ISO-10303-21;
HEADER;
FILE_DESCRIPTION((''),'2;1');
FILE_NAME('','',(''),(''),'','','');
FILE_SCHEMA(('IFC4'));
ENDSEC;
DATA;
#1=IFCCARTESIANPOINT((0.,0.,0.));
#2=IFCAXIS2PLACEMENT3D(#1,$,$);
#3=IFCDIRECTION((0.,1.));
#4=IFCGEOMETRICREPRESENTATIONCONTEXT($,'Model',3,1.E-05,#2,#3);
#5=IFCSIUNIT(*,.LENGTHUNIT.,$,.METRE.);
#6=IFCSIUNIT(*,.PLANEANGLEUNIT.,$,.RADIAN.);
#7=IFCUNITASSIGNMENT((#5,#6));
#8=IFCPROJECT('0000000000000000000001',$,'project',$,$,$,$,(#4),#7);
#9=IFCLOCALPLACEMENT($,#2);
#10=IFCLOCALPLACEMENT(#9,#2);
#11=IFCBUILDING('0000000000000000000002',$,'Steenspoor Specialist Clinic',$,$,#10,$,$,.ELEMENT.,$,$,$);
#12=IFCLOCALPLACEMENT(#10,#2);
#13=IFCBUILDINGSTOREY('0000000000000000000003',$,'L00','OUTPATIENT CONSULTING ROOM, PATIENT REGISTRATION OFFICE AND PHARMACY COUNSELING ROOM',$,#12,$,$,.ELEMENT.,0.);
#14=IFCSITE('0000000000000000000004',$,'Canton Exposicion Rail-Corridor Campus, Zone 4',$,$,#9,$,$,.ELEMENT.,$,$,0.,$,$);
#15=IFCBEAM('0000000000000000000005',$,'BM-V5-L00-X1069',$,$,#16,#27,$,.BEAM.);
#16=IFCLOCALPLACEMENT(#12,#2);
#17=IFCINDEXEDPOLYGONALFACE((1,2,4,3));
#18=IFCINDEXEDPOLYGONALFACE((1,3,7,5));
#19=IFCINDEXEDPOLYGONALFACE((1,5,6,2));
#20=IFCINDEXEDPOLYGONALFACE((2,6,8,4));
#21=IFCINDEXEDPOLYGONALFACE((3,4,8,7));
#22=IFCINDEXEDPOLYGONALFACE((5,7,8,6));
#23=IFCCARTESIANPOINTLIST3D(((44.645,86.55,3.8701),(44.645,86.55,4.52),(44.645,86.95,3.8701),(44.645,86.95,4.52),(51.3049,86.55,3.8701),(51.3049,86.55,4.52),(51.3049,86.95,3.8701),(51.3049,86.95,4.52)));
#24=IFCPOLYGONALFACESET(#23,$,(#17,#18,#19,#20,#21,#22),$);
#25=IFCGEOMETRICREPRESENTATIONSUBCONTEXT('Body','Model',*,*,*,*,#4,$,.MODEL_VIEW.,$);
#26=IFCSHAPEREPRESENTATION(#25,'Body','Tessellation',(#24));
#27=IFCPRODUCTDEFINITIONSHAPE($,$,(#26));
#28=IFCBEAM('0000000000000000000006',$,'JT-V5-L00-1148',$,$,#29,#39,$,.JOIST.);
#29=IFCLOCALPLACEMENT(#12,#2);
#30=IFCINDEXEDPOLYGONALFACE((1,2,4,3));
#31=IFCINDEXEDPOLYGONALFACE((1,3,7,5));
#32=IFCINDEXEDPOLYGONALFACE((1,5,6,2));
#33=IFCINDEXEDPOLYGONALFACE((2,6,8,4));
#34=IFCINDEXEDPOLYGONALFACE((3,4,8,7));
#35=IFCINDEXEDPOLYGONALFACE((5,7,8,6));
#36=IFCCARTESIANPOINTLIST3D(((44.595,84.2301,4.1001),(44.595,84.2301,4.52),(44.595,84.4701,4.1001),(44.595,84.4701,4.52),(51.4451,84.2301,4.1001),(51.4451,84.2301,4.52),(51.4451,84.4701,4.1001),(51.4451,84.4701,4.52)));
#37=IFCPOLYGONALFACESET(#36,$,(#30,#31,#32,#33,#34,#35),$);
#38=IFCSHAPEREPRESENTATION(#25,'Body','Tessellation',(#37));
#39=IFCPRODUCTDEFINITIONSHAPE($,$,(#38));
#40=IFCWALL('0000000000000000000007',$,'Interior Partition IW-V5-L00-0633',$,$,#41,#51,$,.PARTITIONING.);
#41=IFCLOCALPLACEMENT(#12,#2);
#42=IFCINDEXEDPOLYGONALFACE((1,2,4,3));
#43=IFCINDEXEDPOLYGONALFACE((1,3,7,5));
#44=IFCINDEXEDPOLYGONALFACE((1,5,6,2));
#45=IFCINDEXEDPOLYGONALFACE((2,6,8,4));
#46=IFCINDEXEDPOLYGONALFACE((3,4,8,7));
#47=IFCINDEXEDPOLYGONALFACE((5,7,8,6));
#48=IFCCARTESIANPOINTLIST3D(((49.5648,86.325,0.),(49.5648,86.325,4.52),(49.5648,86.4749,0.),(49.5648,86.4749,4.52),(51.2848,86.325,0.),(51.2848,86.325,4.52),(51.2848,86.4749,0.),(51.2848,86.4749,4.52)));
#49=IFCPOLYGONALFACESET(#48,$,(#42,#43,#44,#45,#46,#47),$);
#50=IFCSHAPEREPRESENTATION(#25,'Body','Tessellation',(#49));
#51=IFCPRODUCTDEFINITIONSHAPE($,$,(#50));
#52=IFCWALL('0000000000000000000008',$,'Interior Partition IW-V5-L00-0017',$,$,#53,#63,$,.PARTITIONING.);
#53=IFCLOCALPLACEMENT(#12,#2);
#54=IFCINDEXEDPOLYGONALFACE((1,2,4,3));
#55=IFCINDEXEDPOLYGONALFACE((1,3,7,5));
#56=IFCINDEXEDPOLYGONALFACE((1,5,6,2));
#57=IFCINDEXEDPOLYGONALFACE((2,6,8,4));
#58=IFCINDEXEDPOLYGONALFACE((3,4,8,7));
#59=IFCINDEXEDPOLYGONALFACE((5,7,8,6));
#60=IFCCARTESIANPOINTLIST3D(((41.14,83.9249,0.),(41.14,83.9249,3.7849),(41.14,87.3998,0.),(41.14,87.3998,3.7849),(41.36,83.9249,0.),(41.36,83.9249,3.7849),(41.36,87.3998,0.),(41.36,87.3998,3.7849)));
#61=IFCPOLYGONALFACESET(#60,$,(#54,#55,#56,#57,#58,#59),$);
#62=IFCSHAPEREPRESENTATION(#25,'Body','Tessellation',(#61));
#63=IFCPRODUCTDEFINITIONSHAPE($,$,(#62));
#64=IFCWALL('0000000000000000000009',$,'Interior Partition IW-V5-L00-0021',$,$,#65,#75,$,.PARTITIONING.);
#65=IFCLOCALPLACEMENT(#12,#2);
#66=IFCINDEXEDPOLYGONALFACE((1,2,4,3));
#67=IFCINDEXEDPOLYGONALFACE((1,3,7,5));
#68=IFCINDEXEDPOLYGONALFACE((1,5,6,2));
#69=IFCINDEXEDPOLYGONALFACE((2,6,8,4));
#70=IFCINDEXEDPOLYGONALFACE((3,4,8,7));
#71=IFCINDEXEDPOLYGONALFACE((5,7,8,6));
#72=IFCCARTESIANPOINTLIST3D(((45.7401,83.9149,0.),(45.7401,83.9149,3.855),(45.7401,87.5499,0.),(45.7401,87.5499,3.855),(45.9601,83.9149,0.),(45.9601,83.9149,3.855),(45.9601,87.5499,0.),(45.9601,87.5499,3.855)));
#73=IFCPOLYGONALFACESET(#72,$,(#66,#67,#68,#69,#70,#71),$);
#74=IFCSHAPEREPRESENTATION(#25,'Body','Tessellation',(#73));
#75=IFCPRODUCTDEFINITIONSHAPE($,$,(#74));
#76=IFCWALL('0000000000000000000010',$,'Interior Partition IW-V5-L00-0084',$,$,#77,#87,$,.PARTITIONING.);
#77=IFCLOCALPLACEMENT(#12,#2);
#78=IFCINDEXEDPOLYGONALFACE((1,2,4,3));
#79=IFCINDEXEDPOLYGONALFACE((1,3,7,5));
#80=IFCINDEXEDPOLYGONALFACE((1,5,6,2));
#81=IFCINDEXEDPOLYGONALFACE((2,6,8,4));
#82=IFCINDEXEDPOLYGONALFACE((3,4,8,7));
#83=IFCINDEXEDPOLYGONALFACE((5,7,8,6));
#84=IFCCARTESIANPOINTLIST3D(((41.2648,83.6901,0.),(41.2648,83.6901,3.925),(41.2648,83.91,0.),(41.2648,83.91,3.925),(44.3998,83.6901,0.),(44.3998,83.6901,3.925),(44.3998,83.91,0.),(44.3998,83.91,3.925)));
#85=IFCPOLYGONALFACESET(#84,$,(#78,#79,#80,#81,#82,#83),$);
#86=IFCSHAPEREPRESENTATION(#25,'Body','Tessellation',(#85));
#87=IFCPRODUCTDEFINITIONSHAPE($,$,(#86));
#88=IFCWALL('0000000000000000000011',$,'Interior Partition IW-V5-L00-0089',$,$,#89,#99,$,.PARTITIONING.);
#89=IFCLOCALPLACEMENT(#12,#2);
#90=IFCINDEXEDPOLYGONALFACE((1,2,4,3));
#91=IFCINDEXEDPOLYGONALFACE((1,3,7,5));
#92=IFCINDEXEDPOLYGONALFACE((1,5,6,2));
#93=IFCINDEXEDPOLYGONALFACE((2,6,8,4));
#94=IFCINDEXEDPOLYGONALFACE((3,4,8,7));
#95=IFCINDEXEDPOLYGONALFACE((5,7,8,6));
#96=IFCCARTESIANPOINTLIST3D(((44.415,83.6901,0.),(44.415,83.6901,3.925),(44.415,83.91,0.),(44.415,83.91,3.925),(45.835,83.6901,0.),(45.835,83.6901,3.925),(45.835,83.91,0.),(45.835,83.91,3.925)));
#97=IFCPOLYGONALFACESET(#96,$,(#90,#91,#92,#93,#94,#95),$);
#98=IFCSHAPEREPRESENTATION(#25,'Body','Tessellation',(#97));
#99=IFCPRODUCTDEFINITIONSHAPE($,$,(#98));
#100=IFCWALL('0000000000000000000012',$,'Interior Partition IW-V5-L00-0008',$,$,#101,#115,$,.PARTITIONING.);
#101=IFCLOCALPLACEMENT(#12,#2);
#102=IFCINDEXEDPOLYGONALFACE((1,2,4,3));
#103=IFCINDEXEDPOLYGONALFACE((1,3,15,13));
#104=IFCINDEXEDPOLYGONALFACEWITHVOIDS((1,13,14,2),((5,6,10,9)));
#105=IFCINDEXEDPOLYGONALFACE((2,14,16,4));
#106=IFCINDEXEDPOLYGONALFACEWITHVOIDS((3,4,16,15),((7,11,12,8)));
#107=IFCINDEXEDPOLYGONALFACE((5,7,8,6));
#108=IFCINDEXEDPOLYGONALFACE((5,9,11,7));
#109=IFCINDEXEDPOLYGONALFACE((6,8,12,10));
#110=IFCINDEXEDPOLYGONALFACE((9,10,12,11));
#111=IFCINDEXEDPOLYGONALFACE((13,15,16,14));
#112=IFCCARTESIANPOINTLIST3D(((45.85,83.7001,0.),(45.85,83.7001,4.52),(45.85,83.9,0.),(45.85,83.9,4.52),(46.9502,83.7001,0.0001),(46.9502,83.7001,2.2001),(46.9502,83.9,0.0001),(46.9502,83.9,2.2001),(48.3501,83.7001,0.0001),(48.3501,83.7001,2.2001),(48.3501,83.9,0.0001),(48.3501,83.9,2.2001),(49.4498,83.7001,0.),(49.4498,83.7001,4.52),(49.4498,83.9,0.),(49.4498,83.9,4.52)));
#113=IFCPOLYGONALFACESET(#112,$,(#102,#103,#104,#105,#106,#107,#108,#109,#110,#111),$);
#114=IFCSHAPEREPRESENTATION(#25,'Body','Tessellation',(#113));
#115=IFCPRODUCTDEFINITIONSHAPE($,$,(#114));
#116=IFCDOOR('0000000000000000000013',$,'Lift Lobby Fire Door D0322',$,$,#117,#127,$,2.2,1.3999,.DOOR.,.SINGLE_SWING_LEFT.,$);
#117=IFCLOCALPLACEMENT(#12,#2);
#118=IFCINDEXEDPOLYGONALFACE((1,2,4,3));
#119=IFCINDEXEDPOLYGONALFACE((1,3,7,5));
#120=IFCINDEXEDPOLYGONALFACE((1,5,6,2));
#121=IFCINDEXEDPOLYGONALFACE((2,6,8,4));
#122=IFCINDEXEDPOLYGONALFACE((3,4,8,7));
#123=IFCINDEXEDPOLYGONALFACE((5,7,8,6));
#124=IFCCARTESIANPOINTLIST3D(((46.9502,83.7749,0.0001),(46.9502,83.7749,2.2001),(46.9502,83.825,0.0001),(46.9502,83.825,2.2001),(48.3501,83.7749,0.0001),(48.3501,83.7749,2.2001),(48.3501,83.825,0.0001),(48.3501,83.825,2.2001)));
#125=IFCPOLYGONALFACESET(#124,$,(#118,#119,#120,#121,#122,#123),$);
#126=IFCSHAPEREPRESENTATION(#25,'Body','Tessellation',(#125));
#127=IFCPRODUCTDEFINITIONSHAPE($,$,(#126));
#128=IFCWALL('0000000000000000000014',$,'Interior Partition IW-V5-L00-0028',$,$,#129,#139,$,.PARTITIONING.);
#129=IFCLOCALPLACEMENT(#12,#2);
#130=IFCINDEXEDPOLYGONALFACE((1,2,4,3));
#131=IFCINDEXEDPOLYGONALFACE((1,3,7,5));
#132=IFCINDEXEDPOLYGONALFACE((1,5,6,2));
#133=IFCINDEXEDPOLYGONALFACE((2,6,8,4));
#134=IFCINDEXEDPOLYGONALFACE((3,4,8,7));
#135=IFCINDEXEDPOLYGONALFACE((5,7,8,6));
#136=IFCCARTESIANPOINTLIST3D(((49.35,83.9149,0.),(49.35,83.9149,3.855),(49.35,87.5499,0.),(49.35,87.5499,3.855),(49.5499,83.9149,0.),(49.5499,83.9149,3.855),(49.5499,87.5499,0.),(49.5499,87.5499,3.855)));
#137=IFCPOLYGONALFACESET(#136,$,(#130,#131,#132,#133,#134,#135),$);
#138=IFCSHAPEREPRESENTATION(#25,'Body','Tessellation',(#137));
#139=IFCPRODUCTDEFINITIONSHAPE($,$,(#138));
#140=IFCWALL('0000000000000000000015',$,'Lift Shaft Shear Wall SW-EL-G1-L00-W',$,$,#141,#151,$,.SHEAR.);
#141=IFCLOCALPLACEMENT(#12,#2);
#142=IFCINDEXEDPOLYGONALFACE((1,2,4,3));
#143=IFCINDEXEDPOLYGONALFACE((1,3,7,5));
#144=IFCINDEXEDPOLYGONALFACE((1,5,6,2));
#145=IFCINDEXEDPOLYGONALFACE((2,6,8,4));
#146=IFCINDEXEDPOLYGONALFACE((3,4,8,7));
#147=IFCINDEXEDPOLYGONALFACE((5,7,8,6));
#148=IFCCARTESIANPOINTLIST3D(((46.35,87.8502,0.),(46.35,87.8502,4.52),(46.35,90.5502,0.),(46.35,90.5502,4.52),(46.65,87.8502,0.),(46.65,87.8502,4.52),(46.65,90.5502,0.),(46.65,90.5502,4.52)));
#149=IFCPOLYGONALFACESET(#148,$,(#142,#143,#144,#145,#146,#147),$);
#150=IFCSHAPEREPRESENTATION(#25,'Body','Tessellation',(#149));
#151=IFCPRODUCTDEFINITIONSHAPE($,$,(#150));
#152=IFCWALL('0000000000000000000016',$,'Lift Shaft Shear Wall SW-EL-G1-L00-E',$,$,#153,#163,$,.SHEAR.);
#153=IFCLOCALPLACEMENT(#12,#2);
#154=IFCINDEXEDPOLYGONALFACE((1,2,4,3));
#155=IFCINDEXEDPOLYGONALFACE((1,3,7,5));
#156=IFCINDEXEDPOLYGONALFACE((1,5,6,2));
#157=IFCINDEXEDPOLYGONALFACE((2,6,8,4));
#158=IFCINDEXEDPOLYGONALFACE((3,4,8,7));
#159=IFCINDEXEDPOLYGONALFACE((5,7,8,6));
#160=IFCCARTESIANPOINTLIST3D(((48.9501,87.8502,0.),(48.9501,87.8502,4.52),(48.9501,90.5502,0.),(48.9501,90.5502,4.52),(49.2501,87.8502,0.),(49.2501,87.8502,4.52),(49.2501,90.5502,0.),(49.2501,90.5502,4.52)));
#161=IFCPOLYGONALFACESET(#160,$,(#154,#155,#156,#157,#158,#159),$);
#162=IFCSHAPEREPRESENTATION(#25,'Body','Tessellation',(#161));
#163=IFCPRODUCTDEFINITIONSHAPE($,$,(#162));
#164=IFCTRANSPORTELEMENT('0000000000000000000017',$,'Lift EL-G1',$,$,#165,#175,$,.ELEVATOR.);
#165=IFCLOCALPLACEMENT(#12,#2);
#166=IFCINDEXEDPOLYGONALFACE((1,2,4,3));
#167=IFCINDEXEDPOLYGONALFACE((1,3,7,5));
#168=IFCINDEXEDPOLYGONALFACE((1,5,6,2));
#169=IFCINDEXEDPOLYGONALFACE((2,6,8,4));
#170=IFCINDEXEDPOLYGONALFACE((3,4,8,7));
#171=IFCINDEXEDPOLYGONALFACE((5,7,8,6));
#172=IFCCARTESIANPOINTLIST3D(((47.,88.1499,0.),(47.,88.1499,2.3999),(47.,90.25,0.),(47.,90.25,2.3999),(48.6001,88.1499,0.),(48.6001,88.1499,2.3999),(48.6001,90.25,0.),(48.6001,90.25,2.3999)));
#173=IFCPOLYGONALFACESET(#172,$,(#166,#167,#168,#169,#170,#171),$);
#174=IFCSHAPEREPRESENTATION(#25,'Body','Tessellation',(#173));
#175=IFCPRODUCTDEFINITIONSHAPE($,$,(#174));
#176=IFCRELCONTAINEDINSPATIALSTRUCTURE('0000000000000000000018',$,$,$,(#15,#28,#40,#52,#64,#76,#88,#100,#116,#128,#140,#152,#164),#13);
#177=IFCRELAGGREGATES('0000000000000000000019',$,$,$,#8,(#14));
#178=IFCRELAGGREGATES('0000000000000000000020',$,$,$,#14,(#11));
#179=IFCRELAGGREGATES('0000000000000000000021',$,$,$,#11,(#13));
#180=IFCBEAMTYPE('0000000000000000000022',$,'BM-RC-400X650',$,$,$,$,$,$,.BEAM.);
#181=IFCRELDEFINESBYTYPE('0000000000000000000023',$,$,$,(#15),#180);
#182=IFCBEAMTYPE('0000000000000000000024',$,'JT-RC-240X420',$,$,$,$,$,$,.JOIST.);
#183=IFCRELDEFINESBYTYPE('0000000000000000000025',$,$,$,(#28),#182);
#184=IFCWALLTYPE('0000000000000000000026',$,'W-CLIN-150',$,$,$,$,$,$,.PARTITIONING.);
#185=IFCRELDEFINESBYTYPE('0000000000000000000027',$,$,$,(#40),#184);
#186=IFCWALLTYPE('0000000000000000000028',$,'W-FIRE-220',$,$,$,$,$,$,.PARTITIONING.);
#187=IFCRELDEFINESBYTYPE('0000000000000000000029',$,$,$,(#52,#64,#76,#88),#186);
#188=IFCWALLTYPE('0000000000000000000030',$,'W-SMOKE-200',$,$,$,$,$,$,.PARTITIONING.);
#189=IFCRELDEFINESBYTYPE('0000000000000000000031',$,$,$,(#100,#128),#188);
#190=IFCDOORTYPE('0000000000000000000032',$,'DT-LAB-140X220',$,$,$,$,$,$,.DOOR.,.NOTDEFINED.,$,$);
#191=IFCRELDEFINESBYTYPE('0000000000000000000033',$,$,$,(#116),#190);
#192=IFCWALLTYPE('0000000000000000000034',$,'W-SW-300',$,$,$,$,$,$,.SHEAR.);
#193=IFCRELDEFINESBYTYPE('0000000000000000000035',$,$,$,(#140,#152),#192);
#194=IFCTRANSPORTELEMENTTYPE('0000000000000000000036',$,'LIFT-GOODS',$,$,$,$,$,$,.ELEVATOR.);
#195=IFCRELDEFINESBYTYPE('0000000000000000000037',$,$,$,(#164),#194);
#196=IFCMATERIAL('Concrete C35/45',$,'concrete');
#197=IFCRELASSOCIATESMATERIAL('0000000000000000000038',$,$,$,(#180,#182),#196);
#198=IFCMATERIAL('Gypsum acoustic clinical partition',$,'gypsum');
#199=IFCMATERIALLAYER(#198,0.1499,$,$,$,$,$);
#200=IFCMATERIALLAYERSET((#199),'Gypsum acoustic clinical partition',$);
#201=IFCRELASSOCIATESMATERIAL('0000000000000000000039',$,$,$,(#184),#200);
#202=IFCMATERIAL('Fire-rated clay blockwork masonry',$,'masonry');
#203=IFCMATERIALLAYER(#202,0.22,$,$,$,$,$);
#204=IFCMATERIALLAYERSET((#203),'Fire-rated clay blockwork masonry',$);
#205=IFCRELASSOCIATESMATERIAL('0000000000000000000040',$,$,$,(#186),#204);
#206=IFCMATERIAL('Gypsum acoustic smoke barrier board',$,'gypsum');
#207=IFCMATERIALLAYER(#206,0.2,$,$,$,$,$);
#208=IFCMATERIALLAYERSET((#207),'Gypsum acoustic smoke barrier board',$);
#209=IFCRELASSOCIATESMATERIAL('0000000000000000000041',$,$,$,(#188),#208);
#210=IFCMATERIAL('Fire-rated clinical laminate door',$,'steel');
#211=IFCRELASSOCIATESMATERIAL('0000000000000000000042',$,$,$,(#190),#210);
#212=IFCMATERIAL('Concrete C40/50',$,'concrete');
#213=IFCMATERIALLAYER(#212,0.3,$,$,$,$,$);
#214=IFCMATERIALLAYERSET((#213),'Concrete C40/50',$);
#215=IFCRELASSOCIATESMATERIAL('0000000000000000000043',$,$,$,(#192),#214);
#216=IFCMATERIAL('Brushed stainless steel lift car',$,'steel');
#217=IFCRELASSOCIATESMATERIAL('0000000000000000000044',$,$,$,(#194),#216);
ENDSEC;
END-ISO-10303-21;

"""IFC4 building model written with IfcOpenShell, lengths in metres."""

from ifc_helpers import new_model, si_unit, direction, frame, frame_2d, origin, origin_2d, place, context, subcontext, project, spatial, rectangle, extrude, material, layer, layer_set, material_profile, profile_set, type_object, element, fill, save


model = new_model("IFC4")

# Units and contexts
model_context = context("Model", 3, precision=1e-05, world=origin(), true_north=direction((0.0, 1.0)))
body_context = subcontext(model_context, "Body", "Model", "MODEL_VIEW")
ifc_project = project(units=[si_unit("LENGTHUNIT", "METRE"), si_unit("PLANEANGLEUNIT", "RADIAN")], contexts=[model_context])

# Site, building, storey
site_placement = place(None, origin())
site = spatial("IfcSite", under=ifc_project, at=site_placement, Name="Canton Exposicion Rail-Corridor Campus, Zone 4", CompositionType="ELEMENT", RefElevation=0.0)
building_placement = place(site_placement, origin())
building = spatial("IfcBuilding", under=site, at=building_placement, Name="Steenspoor Specialist Clinic", CompositionType="ELEMENT")
storey_placement = place(building_placement, origin())
storey = spatial("IfcBuildingStorey", under=building, at=storey_placement, Name="L00", Description="OUTPATIENT CONSULTING ROOM, PATIENT REGISTRATION OFFICE AND PHARMACY COUNSELING ROOM", CompositionType="ELEMENT", Elevation=0.0)

# Shared definitions
ifc_material_1 = material(Name="Concrete C35/45", Category="concrete")

# Shared definitions
ifc_material_2 = material(Name="Concrete C40/50", Category="concrete")

# Beams
ifc_material_profile_1 = material_profile(ifc_material_1, rectangle(XDim=0.3999, YDim=0.6499, at=origin_2d()), Name="RC-BM-400X650")
ifc_profile_set_1 = profile_set([ifc_material_profile_1], Name="Concrete C35/45")
beam_type_1 = type_object("IfcBeamType", Name="BM-RC-400X650", PredefinedType="BEAM", material=ifc_profile_set_1)
beam_1_placement = place(storey_placement, frame((44.645, 86.75, 4.1951), z_axis=(1.0, 0.0, 0.0), x_axis=(0.0, 1.0, 0.0)))
element("IfcBeam", 1, at=beam_1_placement, inside=storey, type_object=beam_type_1, Name="BM-V5-L00-X1069", PredefinedType="BEAM", context=body_context, shape_type="SweptSolid", body=[
    extrude(rectangle(XDim=0.3999, YDim=0.6499, at=origin_2d()), origin(), (0.0, 0.0, 1.0), 6.6599),
])
ifc_material_profile_2 = material_profile(ifc_material_1, rectangle(XDim=0.24, YDim=0.4199, at=origin_2d()), Name="RC-JT-240X420")
ifc_profile_set_2 = profile_set([ifc_material_profile_2], Name="Concrete C35/45")
beam_type_2 = type_object("IfcBeamType", Name="JT-RC-240X420", PredefinedType="JOIST", material=ifc_profile_set_2)
beam_2_placement = place(storey_placement, frame((44.595, 84.3501, 4.3101), z_axis=(1.0, 0.0, 0.0), x_axis=(0.0, 1.0, 0.0)))
element("IfcBeam", 2, at=beam_2_placement, inside=storey, type_object=beam_type_2, Name="JT-V5-L00-1148", PredefinedType="JOIST", context=body_context, shape_type="SweptSolid", body=[
    extrude(rectangle(XDim=0.24, YDim=0.4199, at=origin_2d()), origin(), (0.0, 0.0, 1.0), 6.8501),
])

# Walls
ifc_material_3 = material(Name="Gypsum acoustic clinical partition", Category="gypsum")
ifc_layer_1 = layer(ifc_material_3, 0.1499)
ifc_layer_set_1 = layer_set([ifc_layer_1], Name="Gypsum acoustic clinical partition")
wall_type_1 = type_object("IfcWallType", Name="W-CLIN-150", PredefinedType="PARTITIONING", material=ifc_layer_set_1)
wall_1_placement = place(storey_placement, frame((49.5649, 86.3999, 0.0), z_axis=(0.0, 0.0, 1.0), x_axis=(1.0, 0.0, 0.0)))
element("IfcWall", 3, at=wall_1_placement, inside=storey, type_object=wall_type_1, Name="Interior Partition IW-V5-L00-0633", PredefinedType="PARTITIONING", context=body_context, shape_type="SweptSolid", body=[
    extrude(rectangle(XDim=1.72, YDim=0.1499, at=frame_2d((0.8599, 0.0))), origin(), (0.0, 0.0, 1.0), 4.52),
])
ifc_material_4 = material(Name="Fire-rated clay blockwork masonry", Category="masonry")
ifc_layer_2 = layer(ifc_material_4, 0.22)
ifc_layer_set_2 = layer_set([ifc_layer_2], Name="Fire-rated clay blockwork masonry")
wall_type_2 = type_object("IfcWallType", Name="W-FIRE-220", PredefinedType="PARTITIONING", material=ifc_layer_set_2)
wall_2_placement = place(storey_placement, frame((41.25, 83.925, 0.0), z_axis=(0.0, 0.0, 1.0), x_axis=(0.0, 1.0, 0.0)))
element("IfcWall", 4, at=wall_2_placement, inside=storey, type_object=wall_type_2, Name="Interior Partition IW-V5-L00-0017", PredefinedType="PARTITIONING", context=body_context, shape_type="SweptSolid", body=[
    extrude(rectangle(XDim=3.4749, YDim=0.22, at=frame_2d((1.7373, 0.0))), origin(), (0.0, 0.0, 1.0), 3.7849),
])
wall_3_placement = place(storey_placement, frame((45.8501, 83.915, 0.0), z_axis=(0.0, 0.0, 1.0), x_axis=(0.0, 1.0, 0.0)))
element("IfcWall", 5, at=wall_3_placement, inside=storey, type_object=wall_type_2, Name="Interior Partition IW-V5-L00-0021", PredefinedType="PARTITIONING", context=body_context, shape_type="SweptSolid", body=[
    extrude(rectangle(XDim=3.635, YDim=0.22, at=frame_2d((1.8174, 0.0))), origin(), (0.0, 0.0, 1.0), 3.855),
])
wall_4_placement = place(storey_placement, frame((41.2649, 83.8, 0.0), z_axis=(0.0, 0.0, 1.0), x_axis=(1.0, 0.0, 0.0)))
element("IfcWall", 6, at=wall_4_placement, inside=storey, type_object=wall_type_2, Name="Interior Partition IW-V5-L00-0084", PredefinedType="PARTITIONING", context=body_context, shape_type="SweptSolid", body=[
    extrude(rectangle(XDim=3.135, YDim=0.22, at=frame_2d((1.5674, 0.0))), origin(), (0.0, 0.0, 1.0), 3.925),
])
wall_5_placement = place(storey_placement, frame((44.415, 83.8, 0.0), z_axis=(0.0, 0.0, 1.0), x_axis=(1.0, 0.0, 0.0)))
element("IfcWall", 7, at=wall_5_placement, inside=storey, type_object=wall_type_2, Name="Interior Partition IW-V5-L00-0089", PredefinedType="PARTITIONING", context=body_context, shape_type="SweptSolid", body=[
    extrude(rectangle(XDim=1.4199, YDim=0.22, at=frame_2d((0.71, 0.0))), origin(), (0.0, 0.0, 1.0), 3.925),
])

# Wall, opening, door
ifc_material_5 = material(Name="Gypsum acoustic smoke barrier board", Category="gypsum")
ifc_layer_3 = layer(ifc_material_5, 0.2)
ifc_layer_set_3 = layer_set([ifc_layer_3], Name="Gypsum acoustic smoke barrier board")
wall_type_3 = type_object("IfcWallType", Name="W-SMOKE-200", PredefinedType="PARTITIONING", material=ifc_layer_set_3)
wall_6_placement = place(storey_placement, frame((45.8501, 83.8, 0.0), z_axis=(0.0, 0.0, 1.0), x_axis=(1.0, 0.0, 0.0)))
wall_6 = element("IfcWall", 8, at=wall_6_placement, inside=storey, type_object=wall_type_3, Name="Interior Partition IW-V5-L00-0008", PredefinedType="PARTITIONING", context=body_context, shape_type="SweptSolid", body=[
    extrude(rectangle(XDim=3.5999, YDim=0.2, at=frame_2d((1.7998, 0.0))), origin(), (0.0, 0.0, 1.0), 4.52),
])
opening_1_placement = place(wall_6_placement, frame((1.1001, 0.0, 0.0)))
opening_1 = element("IfcOpeningElement", 9, at=opening_1_placement, cuts=wall_6, PredefinedType="OPENING", context=body_context, shape_type="SweptSolid", body=[
    extrude(rectangle(XDim=1.3999, YDim=2.2, at=frame_2d((0.7, 1.1001))), frame((0.0, 0.1099, 0.0), z_axis=(0.0, -1.0, 0.0), x_axis=(1.0, 0.0, 0.0)), (0.0, 0.0, 1.0), 0.22),
])
ifc_material_6 = material(Name="Fire-rated clinical laminate door", Category="steel")
door_type_1 = type_object("IfcDoorType", Name="DT-LAB-140X220", OperationType="NOTDEFINED", PredefinedType="DOOR", material=ifc_material_6)
door_1_placement = place(opening_1_placement, origin())
door_1 = element("IfcDoor", 10, at=door_1_placement, inside=storey, type_object=door_type_1, Name="Lift Lobby Fire Door D0322", OperationType="SINGLE_SWING_LEFT", OverallHeight=2.2, OverallWidth=1.3999, PredefinedType="DOOR", context=body_context, shape_type="SweptSolid", body=[
    extrude(rectangle(XDim=1.3999, YDim=2.2, at=frame_2d((0.7, 1.1001))), frame((0.0, 0.0249, 0.0), z_axis=(0.0, -1.0, 0.0), x_axis=(1.0, 0.0, 0.0)), (0.0, 0.0, 1.0), 0.05),
])
fill(opening_1, door_1)

# Wall
wall_7_placement = place(storey_placement, frame((49.45, 83.915, 0.0), z_axis=(0.0, 0.0, 1.0), x_axis=(0.0, 1.0, 0.0)))
element("IfcWall", 11, at=wall_7_placement, inside=storey, type_object=wall_type_3, Name="Interior Partition IW-V5-L00-0028", PredefinedType="PARTITIONING", context=body_context, shape_type="SweptSolid", body=[
    extrude(rectangle(XDim=3.635, YDim=0.2, at=frame_2d((1.8174, 0.0))), origin(), (0.0, 0.0, 1.0), 3.855),
])

# Shared definitions
ifc_layer_4 = layer(ifc_material_2, 0.3)
ifc_layer_set_4 = layer_set([ifc_layer_4], Name="Concrete C40/50")
wall_type_4 = type_object("IfcWallType", Name="W-SW-300", PredefinedType="SHEAR", material=ifc_layer_set_4)

# Walls
for number, where, z_axis, x_axis, name in (
    (12, (46.5, 87.8501, 0.0), (0.0, 0.0, 1.0), (0.0, 1.0, 0.0), "Lift Shaft Shear Wall SW-EL-G1-L00-W"),
    (13, (49.1001, 87.8501, 0.0), (0.0, 0.0, 1.0), (0.0, 1.0, 0.0), "Lift Shaft Shear Wall SW-EL-G1-L00-E"),
):
    element("IfcWall", number, at=place(storey_placement, frame(where, z_axis=z_axis, x_axis=x_axis)), inside=storey, type_object=wall_type_4, Name=name, PredefinedType="SHEAR", context=body_context, shape_type="SweptSolid", body=[
        extrude(rectangle(XDim=2.7, YDim=0.3, at=frame_2d((1.3501, 0.0))), origin(), (0.0, 0.0, 1.0), 4.52),
    ])

# Transport element
ifc_material_7 = material(Name="Brushed stainless steel lift car", Category="steel")
transport_element_type = type_object("IfcTransportElementType", Name="LIFT-GOODS", PredefinedType="ELEVATOR", material=ifc_material_7)
transport_element_placement = place(storey_placement, frame((47.8, 89.2, 0.0), z_axis=(0.0, 0.0, 1.0), x_axis=(1.0, 0.0, 0.0)))
element("IfcTransportElement", 14, at=transport_element_placement, inside=storey, type_object=transport_element_type, Name="Lift EL-G1", PredefinedType="ELEVATOR", context=body_context, shape_type="SweptSolid", body=[
    extrude(rectangle(XDim=1.6001, YDim=2.1001, at=origin_2d()), origin(), (0.0, 0.0, 1.0), 2.3999),
])

save(model, "model.ifc")
